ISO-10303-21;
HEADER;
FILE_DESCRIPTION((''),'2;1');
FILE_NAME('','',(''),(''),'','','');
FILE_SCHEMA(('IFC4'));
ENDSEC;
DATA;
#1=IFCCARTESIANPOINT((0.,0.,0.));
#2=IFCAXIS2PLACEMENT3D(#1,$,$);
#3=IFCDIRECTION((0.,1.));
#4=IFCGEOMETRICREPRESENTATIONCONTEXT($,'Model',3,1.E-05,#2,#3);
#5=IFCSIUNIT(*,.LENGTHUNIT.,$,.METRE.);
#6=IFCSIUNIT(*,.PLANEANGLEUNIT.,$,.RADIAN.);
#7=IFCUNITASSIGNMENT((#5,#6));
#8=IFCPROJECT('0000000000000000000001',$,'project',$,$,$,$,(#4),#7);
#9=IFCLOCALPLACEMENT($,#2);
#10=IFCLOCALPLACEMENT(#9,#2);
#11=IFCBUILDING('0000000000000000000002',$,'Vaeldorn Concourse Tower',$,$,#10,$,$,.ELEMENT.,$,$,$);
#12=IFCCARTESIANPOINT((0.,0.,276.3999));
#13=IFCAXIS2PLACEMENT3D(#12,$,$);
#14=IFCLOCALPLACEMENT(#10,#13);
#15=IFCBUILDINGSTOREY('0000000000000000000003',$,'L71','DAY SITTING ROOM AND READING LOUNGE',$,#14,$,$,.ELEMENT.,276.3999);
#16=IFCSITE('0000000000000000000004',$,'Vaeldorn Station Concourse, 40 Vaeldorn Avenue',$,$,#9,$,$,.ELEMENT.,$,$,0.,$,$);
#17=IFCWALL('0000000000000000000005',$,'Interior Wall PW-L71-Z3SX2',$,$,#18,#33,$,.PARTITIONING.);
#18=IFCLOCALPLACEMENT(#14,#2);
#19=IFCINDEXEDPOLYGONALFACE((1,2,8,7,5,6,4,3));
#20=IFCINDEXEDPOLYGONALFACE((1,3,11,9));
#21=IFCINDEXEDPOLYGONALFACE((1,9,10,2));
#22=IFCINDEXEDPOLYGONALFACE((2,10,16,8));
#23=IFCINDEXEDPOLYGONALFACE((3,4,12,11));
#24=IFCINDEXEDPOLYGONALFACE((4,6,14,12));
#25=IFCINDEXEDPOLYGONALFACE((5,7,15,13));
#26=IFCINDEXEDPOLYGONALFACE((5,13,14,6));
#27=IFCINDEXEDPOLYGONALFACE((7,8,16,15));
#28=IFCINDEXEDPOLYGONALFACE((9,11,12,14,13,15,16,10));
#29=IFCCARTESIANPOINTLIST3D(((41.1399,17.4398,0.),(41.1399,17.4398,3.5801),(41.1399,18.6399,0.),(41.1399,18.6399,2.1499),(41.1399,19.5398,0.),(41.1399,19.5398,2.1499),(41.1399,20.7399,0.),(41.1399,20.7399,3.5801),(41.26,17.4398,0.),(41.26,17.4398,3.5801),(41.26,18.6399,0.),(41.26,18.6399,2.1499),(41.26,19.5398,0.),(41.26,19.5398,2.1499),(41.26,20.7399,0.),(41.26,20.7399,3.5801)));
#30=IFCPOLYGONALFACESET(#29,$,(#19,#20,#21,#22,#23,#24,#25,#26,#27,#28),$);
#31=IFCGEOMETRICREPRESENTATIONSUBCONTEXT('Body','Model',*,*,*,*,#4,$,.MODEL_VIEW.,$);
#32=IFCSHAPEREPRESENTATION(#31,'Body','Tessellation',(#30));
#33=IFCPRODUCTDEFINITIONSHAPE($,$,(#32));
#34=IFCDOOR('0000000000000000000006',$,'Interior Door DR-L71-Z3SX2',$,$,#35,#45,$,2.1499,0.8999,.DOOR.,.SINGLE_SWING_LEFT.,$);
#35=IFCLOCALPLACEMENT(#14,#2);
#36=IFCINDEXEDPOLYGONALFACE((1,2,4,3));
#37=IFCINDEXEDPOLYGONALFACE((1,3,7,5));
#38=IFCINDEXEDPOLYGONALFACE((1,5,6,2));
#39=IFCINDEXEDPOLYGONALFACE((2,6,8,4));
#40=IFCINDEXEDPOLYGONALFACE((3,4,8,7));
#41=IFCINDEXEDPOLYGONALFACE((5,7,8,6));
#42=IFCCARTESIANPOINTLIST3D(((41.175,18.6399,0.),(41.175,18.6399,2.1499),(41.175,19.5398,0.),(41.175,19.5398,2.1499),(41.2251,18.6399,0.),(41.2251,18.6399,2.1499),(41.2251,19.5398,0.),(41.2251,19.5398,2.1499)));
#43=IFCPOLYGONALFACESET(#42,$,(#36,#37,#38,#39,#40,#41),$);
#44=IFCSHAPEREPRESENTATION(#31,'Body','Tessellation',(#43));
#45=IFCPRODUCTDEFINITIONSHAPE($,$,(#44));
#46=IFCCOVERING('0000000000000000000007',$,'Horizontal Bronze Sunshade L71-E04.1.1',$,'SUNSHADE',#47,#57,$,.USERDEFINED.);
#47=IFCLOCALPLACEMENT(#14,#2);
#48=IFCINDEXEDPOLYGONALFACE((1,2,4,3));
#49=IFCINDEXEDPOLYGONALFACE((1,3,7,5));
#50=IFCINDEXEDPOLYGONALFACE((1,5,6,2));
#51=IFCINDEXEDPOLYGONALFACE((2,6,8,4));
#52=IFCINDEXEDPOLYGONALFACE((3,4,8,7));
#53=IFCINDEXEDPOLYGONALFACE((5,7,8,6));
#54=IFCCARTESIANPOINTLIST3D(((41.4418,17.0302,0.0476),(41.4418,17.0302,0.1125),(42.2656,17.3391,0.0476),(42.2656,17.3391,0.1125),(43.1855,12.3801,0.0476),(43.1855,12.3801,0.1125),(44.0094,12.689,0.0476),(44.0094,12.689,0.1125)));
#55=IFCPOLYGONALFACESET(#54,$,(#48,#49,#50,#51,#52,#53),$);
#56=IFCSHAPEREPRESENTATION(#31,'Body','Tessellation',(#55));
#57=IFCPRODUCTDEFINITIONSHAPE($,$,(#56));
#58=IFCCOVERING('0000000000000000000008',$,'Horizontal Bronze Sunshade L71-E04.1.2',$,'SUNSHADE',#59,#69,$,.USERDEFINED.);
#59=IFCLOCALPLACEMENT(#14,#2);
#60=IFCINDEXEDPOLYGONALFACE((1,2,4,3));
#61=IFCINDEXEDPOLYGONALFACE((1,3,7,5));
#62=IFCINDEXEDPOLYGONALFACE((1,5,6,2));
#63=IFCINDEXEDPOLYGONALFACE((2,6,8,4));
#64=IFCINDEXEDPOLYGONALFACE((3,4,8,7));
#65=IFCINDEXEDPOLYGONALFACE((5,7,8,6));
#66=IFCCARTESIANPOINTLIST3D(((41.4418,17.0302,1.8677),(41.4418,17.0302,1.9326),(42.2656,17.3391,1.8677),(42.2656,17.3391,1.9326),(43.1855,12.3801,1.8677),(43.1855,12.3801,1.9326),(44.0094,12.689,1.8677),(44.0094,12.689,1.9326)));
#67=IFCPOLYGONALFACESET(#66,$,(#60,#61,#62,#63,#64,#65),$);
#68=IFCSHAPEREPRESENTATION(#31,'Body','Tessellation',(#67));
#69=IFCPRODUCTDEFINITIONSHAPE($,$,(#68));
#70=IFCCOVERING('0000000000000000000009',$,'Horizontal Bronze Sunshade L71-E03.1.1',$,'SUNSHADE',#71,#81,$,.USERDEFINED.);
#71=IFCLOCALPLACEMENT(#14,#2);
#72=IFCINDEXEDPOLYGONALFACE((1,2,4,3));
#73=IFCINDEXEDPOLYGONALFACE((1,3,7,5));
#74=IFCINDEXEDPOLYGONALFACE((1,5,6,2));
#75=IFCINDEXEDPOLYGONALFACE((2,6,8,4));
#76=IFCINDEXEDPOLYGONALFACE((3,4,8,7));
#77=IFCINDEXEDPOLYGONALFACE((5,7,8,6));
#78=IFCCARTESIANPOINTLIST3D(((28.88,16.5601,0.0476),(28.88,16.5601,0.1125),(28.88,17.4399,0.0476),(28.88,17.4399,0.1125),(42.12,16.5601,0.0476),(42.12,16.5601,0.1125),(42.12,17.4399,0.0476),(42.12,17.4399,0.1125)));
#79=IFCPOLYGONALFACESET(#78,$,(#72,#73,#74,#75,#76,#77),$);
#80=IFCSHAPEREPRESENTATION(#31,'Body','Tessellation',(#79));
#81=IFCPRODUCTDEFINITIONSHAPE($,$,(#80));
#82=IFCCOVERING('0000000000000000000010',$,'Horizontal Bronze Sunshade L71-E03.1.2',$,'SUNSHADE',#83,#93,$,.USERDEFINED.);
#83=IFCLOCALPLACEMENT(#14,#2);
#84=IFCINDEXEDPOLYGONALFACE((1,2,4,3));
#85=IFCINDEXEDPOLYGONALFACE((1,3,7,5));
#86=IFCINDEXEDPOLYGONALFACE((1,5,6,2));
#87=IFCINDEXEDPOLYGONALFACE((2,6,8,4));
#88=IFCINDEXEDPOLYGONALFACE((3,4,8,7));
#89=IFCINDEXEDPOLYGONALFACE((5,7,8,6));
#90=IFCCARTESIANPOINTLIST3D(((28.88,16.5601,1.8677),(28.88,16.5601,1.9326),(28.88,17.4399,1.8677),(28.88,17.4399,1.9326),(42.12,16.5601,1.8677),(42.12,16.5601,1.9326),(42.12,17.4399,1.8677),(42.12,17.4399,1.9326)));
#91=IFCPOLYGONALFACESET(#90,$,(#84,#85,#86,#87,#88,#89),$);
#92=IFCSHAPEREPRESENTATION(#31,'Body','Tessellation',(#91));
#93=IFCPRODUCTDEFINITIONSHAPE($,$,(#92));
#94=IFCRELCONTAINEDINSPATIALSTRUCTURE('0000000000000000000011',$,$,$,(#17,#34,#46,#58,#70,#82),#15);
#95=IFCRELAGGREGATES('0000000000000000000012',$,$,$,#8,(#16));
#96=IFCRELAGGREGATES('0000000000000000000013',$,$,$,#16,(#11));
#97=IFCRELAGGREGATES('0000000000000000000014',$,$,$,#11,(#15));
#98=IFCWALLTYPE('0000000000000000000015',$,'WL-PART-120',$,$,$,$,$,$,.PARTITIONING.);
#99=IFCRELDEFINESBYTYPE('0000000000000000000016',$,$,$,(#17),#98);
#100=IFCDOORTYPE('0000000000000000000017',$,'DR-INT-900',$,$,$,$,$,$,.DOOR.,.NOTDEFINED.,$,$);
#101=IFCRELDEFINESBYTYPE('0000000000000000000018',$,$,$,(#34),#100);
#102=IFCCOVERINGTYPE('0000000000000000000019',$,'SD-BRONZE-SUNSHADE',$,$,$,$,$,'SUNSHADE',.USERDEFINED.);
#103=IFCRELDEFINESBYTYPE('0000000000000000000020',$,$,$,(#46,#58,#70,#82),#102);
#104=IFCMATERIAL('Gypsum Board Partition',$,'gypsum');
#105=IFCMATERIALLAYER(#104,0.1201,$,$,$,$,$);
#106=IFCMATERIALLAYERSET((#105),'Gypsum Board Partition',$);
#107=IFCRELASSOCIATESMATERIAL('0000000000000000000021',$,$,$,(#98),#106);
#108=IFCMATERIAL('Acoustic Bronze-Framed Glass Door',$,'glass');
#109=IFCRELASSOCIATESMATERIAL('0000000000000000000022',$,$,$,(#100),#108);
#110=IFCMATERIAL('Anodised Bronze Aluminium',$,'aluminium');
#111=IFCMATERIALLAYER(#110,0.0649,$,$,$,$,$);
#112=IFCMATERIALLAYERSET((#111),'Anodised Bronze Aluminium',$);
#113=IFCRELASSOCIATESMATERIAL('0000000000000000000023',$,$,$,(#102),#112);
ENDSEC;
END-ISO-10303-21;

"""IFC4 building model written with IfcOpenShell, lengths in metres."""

from ifc_helpers import new_model, si_unit, direction, frame, frame_2d, origin, origin_2d, place, context, subcontext, project, spatial, rectangle, extrude, source, transform, mapped, material, layer, layer_set, type_object, element, fill, save


model = new_model("IFC4")

# Units and contexts
model_context = context("Model", 3, precision=1e-05, world=origin(), true_north=direction((0.0, 1.0)))
body_context = subcontext(model_context, "Body", "Model", "MODEL_VIEW")
ifc_project = project(units=[si_unit("LENGTHUNIT", "METRE"), si_unit("PLANEANGLEUNIT", "RADIAN")], contexts=[model_context])

# Site, building, storey
site_placement = place(None, origin())
site = spatial("IfcSite", under=ifc_project, at=site_placement, Name="Vaeldorn Station Concourse, 40 Vaeldorn Avenue", CompositionType="ELEMENT", RefElevation=0.0)
building_placement = place(site_placement, origin())
building = spatial("IfcBuilding", under=site, at=building_placement, Name="Vaeldorn Concourse Tower", CompositionType="ELEMENT")
storey_placement = place(building_placement, frame((0.0, 0.0, 276.3999)))
storey = spatial("IfcBuildingStorey", under=building, at=storey_placement, Name="L71", Description="DAY SITTING ROOM AND READING LOUNGE", CompositionType="ELEMENT", Elevation=276.3999)

# Shared definitions
ifc_material_1 = material(Name="Anodised Bronze Aluminium", Category="aluminium")

# Wall, opening, door
ifc_material_2 = material(Name="Gypsum Board Partition", Category="gypsum")
ifc_layer_1 = layer(ifc_material_2, 0.1201)
ifc_layer_set_1 = layer_set([ifc_layer_1], Name="Gypsum Board Partition")
wall_type = type_object("IfcWallType", Name="WL-PART-120", PredefinedType="PARTITIONING", material=ifc_layer_set_1)
wall_placement = place(storey_placement, frame((41.2, 17.4399, 0.0), z_axis=(0.0, 0.0, 1.0), x_axis=(0.0, 1.0, 0.0)))
wall = element("IfcWall", 1, at=wall_placement, inside=storey, type_object=wall_type, Name="Interior Wall PW-L71-Z3SX2", PredefinedType="PARTITIONING", context=body_context, shape_type="SweptSolid", body=[
    extrude(rectangle(XDim=3.3, YDim=0.1201, at=frame_2d((1.6499, 0.0))), origin(), (0.0, 0.0, 1.0), 3.5801),
])
opening_placement = place(wall_placement, frame((1.2, 0.0, 0.0)))
opening = element("IfcOpeningElement", 2, at=opening_placement, cuts=wall, PredefinedType="OPENING", context=body_context, shape_type="SweptSolid", body=[
    extrude(rectangle(XDim=0.8999, YDim=2.1499, at=frame_2d((0.45, 1.075))), frame((0.0, 0.0701, 0.0), z_axis=(0.0, -1.0, 0.0), x_axis=(1.0, 0.0, 0.0)), (0.0, 0.0, 1.0), 0.1401),
])
ifc_material_3 = material(Name="Acoustic Bronze-Framed Glass Door", Category="glass")
door_type = type_object("IfcDoorType", Name="DR-INT-900", OperationType="NOTDEFINED", PredefinedType="DOOR", material=ifc_material_3)
shared_shape_1 = source(origin(), body_context, "Body", "SweptSolid", [
    extrude(rectangle(XDim=0.8999, YDim=2.1499, at=frame_2d((0.45, 1.075))), frame((0.0, 0.0249, 0.0), z_axis=(0.0, -1.0, 0.0), x_axis=(1.0, 0.0, 0.0)), (0.0, 0.0, 1.0), 0.05),
])
door_placement = place(opening_placement, origin())
door = element("IfcDoor", 3, at=door_placement, inside=storey, type_object=door_type, Name="Interior Door DR-L71-Z3SX2", OperationType="SINGLE_SWING_LEFT", OverallHeight=2.1499, OverallWidth=0.8999, PredefinedType="DOOR", context=body_context, shape_type="MappedRepresentation", body=[
    mapped(shared_shape_1, transform((0.0, 0.0, 0.0), scale=1.0)),
])
fill(opening, door)

# Coverings
ifc_layer_2 = layer(ifc_material_1, 0.0649)
ifc_layer_set_2 = layer_set([ifc_layer_2], Name="Anodised Bronze Aluminium")
covering_type = type_object("IfcCoveringType", Name="SD-BRONZE-SUNSHADE", ElementType="SUNSHADE", PredefinedType="USERDEFINED", material=ifc_layer_set_2)
shared_shape_2 = source(origin(), body_context, "Body", "SweptSolid", [
    extrude(rectangle(XDim=4.9663, YDim=0.8799, at=origin_2d()), origin(), (0.0, 0.0, 1.0), 0.0649),
])
for number, where, z_axis, x_axis, name in (
    (4, (42.7256, 14.8596, 0.0476), (0.0, 0.0, 1.0), (0.351123, -0.936329, 0.0), "Horizontal Bronze Sunshade L71-E04.1.1"),
    (5, (42.7256, 14.8596, 1.8677), (0.0, 0.0, 1.0), (0.351123, -0.936329, 0.0), "Horizontal Bronze Sunshade L71-E04.1.2"),
):
    element("IfcCovering", number, at=place(storey_placement, frame(where, z_axis=z_axis, x_axis=x_axis)), inside=storey, type_object=covering_type, Name=name, ObjectType="SUNSHADE", PredefinedType="USERDEFINED", context=body_context, shape_type="MappedRepresentation", body=[
        mapped(shared_shape_2, transform((0.0, 0.0, 0.0), scale=1.0)),
    ])
shared_shape_3 = source(origin(), body_context, "Body", "SweptSolid", [
    extrude(rectangle(XDim=13.24, YDim=0.8799, at=origin_2d()), origin(), (0.0, 0.0, 1.0), 0.0649),
])
for number, where, z_axis, x_axis, name in (
    (6, (35.5, 17.0, 0.0476), (0.0, 0.0, 1.0), (1.0, 0.0, 0.0), "Horizontal Bronze Sunshade L71-E03.1.1"),
    (7, (35.5, 17.0, 1.8677), (0.0, 0.0, 1.0), (1.0, 0.0, 0.0), "Horizontal Bronze Sunshade L71-E03.1.2"),
):
    element("IfcCovering", number, at=place(storey_placement, frame(where, z_axis=z_axis, x_axis=x_axis)), inside=storey, type_object=covering_type, Name=name, ObjectType="SUNSHADE", PredefinedType="USERDEFINED", context=body_context, shape_type="MappedRepresentation", body=[
        mapped(shared_shape_3, transform((0.0, 0.0, 0.0), scale=1.0)),
    ])

save(model, "model.ifc")
